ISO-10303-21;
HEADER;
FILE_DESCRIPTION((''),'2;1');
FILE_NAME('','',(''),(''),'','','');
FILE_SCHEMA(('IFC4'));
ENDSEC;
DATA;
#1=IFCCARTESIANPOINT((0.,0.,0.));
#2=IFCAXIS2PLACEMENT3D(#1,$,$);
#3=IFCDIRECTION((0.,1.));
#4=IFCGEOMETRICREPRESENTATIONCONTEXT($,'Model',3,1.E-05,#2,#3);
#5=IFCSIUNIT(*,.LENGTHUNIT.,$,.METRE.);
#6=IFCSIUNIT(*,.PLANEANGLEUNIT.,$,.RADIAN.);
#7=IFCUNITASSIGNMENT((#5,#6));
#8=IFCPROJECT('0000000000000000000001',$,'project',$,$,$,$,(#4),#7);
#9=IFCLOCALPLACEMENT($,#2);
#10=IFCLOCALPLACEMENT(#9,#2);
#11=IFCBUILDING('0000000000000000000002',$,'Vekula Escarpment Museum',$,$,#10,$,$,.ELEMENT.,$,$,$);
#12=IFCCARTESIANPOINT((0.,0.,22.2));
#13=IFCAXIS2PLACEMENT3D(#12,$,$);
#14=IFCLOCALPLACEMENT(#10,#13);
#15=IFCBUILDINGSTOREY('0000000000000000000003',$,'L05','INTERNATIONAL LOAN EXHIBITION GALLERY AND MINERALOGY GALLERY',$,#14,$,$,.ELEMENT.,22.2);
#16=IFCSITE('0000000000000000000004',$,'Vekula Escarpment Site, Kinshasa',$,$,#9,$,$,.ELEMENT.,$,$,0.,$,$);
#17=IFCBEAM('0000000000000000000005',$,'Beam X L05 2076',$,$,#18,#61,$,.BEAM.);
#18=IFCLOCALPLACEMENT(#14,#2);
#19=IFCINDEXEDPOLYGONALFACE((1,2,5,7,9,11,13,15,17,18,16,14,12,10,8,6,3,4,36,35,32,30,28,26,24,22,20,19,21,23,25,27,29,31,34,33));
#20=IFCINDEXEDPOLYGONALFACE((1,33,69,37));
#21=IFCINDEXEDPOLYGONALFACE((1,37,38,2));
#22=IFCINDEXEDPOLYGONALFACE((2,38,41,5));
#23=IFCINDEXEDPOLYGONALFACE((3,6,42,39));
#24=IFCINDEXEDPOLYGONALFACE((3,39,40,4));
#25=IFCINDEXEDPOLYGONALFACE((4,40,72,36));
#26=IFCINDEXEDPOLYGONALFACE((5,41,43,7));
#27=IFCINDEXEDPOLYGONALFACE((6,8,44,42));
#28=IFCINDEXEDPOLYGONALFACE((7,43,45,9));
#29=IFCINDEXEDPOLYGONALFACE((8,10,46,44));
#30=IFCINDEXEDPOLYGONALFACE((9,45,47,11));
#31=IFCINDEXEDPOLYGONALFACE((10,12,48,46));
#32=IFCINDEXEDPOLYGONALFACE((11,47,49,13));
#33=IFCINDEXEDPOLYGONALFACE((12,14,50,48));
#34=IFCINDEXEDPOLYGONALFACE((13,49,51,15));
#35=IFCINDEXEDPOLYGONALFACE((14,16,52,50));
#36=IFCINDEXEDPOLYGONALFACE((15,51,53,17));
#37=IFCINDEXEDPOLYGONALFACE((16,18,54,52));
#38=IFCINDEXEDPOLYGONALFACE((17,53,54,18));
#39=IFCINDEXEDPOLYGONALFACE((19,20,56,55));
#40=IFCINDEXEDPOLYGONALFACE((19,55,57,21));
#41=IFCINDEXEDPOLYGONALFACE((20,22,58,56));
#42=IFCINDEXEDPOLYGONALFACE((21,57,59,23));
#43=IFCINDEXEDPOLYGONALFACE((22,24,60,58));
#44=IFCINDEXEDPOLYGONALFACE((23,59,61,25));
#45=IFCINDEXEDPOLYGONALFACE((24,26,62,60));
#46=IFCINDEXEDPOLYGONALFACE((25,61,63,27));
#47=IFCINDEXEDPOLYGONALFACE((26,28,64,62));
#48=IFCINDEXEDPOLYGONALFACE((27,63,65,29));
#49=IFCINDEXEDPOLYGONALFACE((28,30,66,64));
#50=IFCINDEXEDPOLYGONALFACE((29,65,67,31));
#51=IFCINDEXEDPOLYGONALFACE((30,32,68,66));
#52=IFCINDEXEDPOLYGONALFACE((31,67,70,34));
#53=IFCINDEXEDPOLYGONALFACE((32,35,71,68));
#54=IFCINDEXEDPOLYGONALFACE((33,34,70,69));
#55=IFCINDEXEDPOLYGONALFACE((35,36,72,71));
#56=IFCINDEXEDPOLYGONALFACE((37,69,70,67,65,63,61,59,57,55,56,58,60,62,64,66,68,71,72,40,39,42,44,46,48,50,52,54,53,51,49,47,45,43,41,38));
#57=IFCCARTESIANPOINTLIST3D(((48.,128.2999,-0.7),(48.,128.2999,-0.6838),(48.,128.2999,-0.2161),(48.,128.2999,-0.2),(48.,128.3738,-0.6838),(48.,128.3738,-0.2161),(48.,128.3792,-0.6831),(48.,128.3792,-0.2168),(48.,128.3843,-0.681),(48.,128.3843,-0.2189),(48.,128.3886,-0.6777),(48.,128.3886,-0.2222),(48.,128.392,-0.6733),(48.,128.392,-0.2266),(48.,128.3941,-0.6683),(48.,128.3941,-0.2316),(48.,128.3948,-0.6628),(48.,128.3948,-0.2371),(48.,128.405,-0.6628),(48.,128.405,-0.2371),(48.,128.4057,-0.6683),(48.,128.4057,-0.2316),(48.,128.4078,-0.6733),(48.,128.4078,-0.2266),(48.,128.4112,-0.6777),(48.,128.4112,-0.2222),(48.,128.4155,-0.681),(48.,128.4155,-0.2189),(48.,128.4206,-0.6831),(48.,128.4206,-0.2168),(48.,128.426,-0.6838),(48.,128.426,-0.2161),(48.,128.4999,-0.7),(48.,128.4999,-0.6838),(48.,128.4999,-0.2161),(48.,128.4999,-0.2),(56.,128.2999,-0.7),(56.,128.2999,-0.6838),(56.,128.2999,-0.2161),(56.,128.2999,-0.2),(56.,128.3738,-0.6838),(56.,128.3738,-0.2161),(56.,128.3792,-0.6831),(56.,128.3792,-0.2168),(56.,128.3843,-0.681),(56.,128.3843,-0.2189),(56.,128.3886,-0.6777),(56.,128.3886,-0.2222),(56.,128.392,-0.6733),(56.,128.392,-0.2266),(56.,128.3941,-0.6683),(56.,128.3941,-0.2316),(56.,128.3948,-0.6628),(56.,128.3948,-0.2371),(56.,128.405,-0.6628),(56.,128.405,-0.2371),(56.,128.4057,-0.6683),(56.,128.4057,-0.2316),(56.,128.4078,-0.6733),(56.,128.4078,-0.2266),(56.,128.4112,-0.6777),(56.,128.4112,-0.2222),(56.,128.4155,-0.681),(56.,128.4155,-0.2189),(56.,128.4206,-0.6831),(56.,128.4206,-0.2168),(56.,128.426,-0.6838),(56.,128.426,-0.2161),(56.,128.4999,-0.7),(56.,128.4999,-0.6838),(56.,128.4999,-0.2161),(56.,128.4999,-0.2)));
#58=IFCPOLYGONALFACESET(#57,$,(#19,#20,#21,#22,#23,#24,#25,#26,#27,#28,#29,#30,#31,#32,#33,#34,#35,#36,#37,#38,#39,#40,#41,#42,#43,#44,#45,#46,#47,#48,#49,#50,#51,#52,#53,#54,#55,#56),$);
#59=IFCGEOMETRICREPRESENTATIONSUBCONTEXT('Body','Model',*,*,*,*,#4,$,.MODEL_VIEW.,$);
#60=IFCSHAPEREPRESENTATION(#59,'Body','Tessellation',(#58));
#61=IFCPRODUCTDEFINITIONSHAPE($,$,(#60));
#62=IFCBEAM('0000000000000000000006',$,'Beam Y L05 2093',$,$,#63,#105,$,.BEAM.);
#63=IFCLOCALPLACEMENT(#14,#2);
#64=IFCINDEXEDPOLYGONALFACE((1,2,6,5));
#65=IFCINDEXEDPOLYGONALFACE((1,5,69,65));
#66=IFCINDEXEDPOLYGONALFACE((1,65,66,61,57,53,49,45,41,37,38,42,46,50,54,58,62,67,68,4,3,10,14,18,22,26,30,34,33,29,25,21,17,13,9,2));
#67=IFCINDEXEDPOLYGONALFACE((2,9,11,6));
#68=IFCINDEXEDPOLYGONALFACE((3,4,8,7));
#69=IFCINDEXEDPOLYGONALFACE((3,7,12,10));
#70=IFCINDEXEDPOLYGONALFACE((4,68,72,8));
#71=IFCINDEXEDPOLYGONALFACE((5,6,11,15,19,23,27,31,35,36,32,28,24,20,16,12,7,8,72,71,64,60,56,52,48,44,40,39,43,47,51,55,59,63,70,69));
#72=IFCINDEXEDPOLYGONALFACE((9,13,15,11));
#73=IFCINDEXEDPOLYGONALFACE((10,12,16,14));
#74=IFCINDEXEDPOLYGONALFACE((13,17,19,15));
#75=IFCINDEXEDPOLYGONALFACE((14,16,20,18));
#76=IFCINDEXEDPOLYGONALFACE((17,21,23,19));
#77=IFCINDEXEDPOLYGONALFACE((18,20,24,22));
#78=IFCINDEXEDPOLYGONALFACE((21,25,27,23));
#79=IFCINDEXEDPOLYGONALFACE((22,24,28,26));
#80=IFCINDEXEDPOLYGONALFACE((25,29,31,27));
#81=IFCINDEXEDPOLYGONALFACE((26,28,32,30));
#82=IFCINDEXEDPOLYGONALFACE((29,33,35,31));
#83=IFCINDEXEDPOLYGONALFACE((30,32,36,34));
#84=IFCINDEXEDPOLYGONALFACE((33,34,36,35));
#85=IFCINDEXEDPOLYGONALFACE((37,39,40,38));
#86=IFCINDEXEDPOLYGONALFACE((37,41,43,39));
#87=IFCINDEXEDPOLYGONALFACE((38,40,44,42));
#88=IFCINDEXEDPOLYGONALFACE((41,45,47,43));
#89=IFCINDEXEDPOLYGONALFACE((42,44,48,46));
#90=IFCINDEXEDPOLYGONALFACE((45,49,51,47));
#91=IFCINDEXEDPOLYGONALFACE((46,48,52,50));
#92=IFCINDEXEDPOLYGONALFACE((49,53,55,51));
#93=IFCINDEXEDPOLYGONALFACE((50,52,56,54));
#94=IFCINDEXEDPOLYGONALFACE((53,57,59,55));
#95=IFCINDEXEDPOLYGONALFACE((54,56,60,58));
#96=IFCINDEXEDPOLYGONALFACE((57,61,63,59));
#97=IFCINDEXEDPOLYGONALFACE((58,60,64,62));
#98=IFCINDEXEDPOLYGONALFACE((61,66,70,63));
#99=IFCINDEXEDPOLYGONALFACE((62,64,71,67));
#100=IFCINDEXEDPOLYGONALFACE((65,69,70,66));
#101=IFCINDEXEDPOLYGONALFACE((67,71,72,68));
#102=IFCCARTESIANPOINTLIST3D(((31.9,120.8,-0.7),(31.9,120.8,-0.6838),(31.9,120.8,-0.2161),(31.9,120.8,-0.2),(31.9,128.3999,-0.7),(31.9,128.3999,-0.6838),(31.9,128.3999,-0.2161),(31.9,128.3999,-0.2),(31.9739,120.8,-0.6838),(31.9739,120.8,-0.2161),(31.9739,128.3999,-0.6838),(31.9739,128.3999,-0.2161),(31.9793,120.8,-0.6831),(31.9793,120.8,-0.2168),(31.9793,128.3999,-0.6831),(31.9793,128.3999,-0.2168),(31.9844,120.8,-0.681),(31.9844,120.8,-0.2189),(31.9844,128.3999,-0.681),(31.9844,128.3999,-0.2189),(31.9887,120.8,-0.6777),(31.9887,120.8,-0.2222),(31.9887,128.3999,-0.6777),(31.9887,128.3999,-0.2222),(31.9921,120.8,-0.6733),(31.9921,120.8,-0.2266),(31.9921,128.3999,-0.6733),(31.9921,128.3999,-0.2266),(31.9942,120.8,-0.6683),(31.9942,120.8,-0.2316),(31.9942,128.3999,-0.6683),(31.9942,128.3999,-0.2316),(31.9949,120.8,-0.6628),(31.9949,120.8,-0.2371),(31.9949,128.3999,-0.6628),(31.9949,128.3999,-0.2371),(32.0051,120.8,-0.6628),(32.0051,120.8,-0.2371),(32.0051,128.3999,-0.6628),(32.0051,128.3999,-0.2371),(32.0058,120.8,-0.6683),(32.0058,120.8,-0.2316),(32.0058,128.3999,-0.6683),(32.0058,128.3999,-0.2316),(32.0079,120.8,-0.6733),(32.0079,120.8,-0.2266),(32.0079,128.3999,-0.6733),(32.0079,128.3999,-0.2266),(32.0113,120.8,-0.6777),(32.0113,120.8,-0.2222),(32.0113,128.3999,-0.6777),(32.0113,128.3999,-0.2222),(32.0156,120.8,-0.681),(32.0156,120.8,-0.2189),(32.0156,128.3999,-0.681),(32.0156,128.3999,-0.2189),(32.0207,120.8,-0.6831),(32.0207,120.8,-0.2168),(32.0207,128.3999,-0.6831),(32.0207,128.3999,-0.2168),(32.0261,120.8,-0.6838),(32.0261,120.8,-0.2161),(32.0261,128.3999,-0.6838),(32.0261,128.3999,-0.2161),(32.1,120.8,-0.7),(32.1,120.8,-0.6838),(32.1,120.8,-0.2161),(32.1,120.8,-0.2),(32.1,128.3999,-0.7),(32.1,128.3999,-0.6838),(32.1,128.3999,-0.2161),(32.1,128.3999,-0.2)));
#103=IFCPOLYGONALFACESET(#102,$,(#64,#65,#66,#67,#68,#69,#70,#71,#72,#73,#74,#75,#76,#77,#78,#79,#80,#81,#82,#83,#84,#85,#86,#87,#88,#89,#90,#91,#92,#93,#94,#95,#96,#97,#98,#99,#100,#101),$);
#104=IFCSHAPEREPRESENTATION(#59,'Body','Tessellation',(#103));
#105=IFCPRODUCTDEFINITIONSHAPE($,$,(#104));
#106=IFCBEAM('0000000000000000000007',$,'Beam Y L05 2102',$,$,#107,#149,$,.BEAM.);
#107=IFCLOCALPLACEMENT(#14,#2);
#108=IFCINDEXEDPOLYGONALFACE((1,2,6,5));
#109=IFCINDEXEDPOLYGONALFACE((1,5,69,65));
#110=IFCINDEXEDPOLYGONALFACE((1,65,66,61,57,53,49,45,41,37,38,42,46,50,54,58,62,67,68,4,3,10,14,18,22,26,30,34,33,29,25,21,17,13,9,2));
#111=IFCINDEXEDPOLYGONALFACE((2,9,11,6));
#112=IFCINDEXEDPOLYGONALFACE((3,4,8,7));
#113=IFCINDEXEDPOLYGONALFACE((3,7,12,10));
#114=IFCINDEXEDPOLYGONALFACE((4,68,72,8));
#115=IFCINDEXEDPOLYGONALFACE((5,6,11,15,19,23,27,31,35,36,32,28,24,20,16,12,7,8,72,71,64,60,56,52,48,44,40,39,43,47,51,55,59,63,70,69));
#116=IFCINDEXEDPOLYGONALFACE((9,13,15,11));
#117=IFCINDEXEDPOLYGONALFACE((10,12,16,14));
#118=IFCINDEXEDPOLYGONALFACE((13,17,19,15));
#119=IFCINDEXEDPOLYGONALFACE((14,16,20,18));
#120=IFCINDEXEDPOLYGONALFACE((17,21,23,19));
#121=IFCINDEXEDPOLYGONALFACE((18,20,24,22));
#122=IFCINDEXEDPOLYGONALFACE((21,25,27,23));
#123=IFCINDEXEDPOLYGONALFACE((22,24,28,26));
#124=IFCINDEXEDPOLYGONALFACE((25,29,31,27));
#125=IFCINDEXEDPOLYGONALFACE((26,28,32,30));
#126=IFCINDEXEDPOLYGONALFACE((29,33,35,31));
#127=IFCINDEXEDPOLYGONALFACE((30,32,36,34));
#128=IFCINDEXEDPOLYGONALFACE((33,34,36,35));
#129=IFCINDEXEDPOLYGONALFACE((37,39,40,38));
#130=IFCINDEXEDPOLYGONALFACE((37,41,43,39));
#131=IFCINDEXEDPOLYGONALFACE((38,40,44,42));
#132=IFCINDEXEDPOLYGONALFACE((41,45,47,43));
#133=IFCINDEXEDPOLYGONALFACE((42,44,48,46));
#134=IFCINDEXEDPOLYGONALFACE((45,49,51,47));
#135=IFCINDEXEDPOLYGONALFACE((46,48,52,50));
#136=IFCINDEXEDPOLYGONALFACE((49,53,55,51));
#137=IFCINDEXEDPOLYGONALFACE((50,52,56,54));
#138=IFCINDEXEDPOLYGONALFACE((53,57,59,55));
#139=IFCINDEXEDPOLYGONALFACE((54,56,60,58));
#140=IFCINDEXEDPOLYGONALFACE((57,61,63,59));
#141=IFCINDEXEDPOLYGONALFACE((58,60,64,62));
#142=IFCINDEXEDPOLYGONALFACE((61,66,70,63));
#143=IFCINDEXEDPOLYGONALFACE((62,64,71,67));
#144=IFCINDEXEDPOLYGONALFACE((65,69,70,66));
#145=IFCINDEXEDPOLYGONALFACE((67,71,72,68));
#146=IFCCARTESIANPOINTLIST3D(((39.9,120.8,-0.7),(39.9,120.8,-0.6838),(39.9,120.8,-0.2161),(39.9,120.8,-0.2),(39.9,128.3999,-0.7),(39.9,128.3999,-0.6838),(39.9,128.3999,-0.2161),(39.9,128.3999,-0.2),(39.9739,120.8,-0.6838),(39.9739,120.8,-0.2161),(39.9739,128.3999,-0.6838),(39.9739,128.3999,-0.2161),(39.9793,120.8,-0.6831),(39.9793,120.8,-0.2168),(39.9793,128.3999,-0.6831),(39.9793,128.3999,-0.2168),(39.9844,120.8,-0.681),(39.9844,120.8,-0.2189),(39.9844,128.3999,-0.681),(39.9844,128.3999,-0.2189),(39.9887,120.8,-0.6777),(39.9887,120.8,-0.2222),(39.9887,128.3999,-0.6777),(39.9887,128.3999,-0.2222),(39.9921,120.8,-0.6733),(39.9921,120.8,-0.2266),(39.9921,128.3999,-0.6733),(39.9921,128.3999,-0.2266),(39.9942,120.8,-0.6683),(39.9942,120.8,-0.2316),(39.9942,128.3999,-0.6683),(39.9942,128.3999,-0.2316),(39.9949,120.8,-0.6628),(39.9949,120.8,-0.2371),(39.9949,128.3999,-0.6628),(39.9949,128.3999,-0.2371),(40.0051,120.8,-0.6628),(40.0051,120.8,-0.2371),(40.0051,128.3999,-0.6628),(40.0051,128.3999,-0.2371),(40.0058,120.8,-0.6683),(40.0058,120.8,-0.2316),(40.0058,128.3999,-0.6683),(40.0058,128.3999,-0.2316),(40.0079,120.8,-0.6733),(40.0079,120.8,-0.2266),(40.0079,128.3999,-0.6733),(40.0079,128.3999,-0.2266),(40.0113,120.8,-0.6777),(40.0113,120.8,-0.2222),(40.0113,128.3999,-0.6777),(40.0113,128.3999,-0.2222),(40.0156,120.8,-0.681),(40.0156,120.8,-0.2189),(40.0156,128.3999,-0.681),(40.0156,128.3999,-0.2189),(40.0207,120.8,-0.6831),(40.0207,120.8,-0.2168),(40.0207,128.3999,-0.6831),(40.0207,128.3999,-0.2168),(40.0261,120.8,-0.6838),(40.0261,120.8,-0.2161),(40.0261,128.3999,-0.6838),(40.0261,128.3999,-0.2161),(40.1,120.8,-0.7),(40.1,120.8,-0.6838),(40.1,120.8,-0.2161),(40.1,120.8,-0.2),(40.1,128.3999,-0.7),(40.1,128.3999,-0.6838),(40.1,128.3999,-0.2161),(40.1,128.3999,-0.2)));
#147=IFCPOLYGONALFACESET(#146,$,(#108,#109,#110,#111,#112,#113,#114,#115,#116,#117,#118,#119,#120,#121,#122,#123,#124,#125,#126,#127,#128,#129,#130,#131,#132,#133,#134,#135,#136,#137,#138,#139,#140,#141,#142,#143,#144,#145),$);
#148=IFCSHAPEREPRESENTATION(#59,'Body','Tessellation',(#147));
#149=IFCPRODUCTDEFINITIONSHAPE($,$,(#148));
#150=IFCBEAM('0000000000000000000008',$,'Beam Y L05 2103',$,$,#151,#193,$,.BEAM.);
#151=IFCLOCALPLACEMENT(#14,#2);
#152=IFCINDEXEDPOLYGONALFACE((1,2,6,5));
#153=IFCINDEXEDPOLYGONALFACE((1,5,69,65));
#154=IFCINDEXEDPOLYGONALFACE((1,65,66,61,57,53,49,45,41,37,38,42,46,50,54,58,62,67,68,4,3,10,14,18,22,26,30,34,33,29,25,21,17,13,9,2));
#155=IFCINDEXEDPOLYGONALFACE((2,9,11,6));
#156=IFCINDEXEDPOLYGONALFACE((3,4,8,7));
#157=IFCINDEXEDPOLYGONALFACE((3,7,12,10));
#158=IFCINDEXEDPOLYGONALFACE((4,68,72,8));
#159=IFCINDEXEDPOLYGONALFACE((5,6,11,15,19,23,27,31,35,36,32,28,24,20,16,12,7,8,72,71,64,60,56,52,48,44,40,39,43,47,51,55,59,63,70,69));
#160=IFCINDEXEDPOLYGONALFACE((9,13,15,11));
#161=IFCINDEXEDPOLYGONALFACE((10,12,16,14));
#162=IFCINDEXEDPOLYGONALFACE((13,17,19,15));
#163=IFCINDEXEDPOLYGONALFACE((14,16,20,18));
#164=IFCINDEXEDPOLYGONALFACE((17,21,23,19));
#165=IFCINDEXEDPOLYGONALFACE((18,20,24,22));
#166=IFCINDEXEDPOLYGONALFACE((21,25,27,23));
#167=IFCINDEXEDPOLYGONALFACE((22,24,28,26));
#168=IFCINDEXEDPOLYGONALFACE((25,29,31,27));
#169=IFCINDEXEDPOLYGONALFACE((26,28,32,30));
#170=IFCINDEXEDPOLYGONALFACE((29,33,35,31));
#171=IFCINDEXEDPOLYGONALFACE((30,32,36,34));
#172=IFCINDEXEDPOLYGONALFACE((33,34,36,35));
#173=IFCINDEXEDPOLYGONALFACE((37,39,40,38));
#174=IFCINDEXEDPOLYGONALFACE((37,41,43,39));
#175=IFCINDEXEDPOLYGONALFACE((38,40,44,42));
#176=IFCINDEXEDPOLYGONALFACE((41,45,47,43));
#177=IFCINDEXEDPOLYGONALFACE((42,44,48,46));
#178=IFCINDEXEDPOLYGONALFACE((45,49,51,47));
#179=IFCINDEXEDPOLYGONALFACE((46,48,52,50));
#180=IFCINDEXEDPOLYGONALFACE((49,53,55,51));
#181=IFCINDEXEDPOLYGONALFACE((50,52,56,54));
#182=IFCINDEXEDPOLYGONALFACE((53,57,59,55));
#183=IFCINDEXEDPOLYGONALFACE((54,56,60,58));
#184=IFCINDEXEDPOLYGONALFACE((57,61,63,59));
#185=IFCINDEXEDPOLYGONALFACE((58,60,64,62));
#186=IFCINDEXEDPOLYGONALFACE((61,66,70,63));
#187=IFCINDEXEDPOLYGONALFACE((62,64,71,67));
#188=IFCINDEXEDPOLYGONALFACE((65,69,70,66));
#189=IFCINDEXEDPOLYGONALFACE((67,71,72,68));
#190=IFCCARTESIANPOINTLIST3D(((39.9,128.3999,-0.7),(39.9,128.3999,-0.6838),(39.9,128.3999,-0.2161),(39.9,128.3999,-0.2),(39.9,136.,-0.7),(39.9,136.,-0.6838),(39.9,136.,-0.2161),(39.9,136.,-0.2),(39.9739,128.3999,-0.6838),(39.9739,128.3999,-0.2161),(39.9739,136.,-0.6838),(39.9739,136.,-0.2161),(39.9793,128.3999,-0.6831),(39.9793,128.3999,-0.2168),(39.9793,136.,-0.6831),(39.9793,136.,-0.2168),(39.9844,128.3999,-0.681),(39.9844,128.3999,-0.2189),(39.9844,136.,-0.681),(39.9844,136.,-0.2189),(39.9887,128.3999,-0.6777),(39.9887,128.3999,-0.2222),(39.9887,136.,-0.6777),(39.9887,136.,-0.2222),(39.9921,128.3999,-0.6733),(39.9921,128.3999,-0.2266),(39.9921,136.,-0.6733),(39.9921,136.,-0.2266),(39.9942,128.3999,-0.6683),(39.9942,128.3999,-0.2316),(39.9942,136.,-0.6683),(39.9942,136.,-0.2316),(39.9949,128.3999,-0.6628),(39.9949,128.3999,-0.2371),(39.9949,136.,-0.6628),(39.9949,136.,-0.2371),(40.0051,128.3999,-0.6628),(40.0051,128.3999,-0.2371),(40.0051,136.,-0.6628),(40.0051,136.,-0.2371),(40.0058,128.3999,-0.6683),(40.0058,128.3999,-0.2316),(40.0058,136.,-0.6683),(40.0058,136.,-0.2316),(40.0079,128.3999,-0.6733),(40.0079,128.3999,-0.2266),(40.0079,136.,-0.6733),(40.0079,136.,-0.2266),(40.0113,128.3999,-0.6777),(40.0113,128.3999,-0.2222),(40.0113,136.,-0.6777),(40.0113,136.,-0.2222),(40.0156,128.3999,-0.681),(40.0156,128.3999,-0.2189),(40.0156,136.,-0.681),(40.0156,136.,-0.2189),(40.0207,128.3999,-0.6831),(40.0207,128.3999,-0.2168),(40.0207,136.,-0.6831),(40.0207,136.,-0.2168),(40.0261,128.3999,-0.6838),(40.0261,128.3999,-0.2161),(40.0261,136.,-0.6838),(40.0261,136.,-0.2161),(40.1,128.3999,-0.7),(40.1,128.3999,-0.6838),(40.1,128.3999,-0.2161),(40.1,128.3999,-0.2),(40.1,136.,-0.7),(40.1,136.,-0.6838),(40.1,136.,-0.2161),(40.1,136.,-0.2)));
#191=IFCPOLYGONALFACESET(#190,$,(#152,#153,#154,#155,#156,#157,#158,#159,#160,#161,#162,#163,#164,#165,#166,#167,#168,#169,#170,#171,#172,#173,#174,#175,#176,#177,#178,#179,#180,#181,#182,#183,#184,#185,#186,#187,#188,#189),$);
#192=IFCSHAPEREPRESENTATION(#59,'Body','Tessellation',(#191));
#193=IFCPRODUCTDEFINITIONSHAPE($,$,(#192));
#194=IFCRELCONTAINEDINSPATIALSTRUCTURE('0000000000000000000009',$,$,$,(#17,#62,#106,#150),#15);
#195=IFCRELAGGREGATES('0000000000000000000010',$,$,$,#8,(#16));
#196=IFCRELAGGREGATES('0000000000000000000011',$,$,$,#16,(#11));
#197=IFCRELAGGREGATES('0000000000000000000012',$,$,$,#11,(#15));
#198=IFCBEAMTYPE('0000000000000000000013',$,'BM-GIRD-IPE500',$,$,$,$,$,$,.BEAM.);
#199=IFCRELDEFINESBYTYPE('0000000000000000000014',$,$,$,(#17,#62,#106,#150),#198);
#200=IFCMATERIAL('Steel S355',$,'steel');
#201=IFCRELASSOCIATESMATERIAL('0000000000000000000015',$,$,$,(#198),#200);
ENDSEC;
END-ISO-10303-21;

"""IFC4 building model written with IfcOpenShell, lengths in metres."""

from ifc_helpers import new_model, si_unit, direction, frame, origin, origin_2d, place, context, subcontext, project, spatial, i_section, extrude, material, material_profile, profile_set, type_object, element, save


model = new_model("IFC4")

# Units and contexts
model_context = context("Model", 3, precision=1e-05, world=origin(), true_north=direction((0.0, 1.0)))
body_context = subcontext(model_context, "Body", "Model", "MODEL_VIEW")
ifc_project = project(units=[si_unit("LENGTHUNIT", "METRE"), si_unit("PLANEANGLEUNIT", "RADIAN")], contexts=[model_context])

# Site, building, storey
site_placement = place(None, origin())
site = spatial("IfcSite", under=ifc_project, at=site_placement, Name="Vekula Escarpment Site, Kinshasa", CompositionType="ELEMENT", RefElevation=0.0)
building_placement = place(site_placement, origin())
building = spatial("IfcBuilding", under=site, at=building_placement, Name="Vekula Escarpment Museum", CompositionType="ELEMENT")
storey_placement = place(building_placement, frame((0.0, 0.0, 22.2)))
storey = spatial("IfcBuildingStorey", under=building, at=storey_placement, Name="L05", Description="INTERNATIONAL LOAN EXHIBITION GALLERY AND MINERALOGY GALLERY", CompositionType="ELEMENT", Elevation=22.2)

# Beams
ifc_material_1 = material(Name="Steel S355", Category="steel")
ifc_material_profile_1 = material_profile(ifc_material_1, i_section(OverallWidth=0.2, OverallDepth=0.5, WebThickness=0.0103, FlangeThickness=0.0161, FilletRadius=0.021, at=origin_2d()), Name="IPE 500")
ifc_profile_set_1 = profile_set([ifc_material_profile_1], Name="Steel S355")
beam_type_1 = type_object("IfcBeamType", Name="BM-GIRD-IPE500", PredefinedType="BEAM", material=ifc_profile_set_1)
beam_1_placement = place(storey_placement, frame((48.0, 128.3999, -0.45), z_axis=(1.0, 0.0, 0.0), x_axis=(0.0, 1.0, 0.0)))
element("IfcBeam", 1, at=beam_1_placement, inside=storey, type_object=beam_type_1, Name="Beam X L05 2076", PredefinedType="BEAM", context=body_context, shape_type="SweptSolid", body=[
    extrude(i_section(OverallWidth=0.2, OverallDepth=0.5, WebThickness=0.0103, FlangeThickness=0.0161, FilletRadius=0.021, at=origin_2d()), origin(), (0.0, 0.0, 1.0), 8.0),
])
for number, where, z_axis, x_axis, name in (
    (2, (32.0, 120.8, -0.45), (0.0, 1.0, 0.0), (-1.0, 0.0, 0.0), "Beam Y L05 2093"),
    (3, (40.0, 120.8, -0.45), (0.0, 1.0, 0.0), (-1.0, 0.0, 0.0), "Beam Y L05 2102"),
):
    element("IfcBeam", number, at=place(storey_placement, frame(where, z_axis=z_axis, x_axis=x_axis)), inside=storey, type_object=beam_type_1, Name=name, PredefinedType="BEAM", context=body_context, shape_type="SweptSolid", body=[
        extrude(i_section(OverallWidth=0.2, OverallDepth=0.5, WebThickness=0.0103, FlangeThickness=0.0161, FilletRadius=0.021, at=origin_2d()), origin(), (0.0, 0.0, 1.0), 7.5999),
    ])
beam_2_placement = place(storey_placement, frame((40.0, 128.3999, -0.45), z_axis=(0.0, 1.0, 0.0), x_axis=(-1.0, 0.0, 0.0)))
element("IfcBeam", 4, at=beam_2_placement, inside=storey, type_object=beam_type_1, Name="Beam Y L05 2103", PredefinedType="BEAM", context=body_context, shape_type="SweptSolid", body=[
    extrude(i_section(OverallWidth=0.2, OverallDepth=0.5, WebThickness=0.0103, FlangeThickness=0.0161, FilletRadius=0.021, at=origin_2d()), origin(), (0.0, 0.0, 1.0), 7.6001),
])

save(model, "model.ifc")
